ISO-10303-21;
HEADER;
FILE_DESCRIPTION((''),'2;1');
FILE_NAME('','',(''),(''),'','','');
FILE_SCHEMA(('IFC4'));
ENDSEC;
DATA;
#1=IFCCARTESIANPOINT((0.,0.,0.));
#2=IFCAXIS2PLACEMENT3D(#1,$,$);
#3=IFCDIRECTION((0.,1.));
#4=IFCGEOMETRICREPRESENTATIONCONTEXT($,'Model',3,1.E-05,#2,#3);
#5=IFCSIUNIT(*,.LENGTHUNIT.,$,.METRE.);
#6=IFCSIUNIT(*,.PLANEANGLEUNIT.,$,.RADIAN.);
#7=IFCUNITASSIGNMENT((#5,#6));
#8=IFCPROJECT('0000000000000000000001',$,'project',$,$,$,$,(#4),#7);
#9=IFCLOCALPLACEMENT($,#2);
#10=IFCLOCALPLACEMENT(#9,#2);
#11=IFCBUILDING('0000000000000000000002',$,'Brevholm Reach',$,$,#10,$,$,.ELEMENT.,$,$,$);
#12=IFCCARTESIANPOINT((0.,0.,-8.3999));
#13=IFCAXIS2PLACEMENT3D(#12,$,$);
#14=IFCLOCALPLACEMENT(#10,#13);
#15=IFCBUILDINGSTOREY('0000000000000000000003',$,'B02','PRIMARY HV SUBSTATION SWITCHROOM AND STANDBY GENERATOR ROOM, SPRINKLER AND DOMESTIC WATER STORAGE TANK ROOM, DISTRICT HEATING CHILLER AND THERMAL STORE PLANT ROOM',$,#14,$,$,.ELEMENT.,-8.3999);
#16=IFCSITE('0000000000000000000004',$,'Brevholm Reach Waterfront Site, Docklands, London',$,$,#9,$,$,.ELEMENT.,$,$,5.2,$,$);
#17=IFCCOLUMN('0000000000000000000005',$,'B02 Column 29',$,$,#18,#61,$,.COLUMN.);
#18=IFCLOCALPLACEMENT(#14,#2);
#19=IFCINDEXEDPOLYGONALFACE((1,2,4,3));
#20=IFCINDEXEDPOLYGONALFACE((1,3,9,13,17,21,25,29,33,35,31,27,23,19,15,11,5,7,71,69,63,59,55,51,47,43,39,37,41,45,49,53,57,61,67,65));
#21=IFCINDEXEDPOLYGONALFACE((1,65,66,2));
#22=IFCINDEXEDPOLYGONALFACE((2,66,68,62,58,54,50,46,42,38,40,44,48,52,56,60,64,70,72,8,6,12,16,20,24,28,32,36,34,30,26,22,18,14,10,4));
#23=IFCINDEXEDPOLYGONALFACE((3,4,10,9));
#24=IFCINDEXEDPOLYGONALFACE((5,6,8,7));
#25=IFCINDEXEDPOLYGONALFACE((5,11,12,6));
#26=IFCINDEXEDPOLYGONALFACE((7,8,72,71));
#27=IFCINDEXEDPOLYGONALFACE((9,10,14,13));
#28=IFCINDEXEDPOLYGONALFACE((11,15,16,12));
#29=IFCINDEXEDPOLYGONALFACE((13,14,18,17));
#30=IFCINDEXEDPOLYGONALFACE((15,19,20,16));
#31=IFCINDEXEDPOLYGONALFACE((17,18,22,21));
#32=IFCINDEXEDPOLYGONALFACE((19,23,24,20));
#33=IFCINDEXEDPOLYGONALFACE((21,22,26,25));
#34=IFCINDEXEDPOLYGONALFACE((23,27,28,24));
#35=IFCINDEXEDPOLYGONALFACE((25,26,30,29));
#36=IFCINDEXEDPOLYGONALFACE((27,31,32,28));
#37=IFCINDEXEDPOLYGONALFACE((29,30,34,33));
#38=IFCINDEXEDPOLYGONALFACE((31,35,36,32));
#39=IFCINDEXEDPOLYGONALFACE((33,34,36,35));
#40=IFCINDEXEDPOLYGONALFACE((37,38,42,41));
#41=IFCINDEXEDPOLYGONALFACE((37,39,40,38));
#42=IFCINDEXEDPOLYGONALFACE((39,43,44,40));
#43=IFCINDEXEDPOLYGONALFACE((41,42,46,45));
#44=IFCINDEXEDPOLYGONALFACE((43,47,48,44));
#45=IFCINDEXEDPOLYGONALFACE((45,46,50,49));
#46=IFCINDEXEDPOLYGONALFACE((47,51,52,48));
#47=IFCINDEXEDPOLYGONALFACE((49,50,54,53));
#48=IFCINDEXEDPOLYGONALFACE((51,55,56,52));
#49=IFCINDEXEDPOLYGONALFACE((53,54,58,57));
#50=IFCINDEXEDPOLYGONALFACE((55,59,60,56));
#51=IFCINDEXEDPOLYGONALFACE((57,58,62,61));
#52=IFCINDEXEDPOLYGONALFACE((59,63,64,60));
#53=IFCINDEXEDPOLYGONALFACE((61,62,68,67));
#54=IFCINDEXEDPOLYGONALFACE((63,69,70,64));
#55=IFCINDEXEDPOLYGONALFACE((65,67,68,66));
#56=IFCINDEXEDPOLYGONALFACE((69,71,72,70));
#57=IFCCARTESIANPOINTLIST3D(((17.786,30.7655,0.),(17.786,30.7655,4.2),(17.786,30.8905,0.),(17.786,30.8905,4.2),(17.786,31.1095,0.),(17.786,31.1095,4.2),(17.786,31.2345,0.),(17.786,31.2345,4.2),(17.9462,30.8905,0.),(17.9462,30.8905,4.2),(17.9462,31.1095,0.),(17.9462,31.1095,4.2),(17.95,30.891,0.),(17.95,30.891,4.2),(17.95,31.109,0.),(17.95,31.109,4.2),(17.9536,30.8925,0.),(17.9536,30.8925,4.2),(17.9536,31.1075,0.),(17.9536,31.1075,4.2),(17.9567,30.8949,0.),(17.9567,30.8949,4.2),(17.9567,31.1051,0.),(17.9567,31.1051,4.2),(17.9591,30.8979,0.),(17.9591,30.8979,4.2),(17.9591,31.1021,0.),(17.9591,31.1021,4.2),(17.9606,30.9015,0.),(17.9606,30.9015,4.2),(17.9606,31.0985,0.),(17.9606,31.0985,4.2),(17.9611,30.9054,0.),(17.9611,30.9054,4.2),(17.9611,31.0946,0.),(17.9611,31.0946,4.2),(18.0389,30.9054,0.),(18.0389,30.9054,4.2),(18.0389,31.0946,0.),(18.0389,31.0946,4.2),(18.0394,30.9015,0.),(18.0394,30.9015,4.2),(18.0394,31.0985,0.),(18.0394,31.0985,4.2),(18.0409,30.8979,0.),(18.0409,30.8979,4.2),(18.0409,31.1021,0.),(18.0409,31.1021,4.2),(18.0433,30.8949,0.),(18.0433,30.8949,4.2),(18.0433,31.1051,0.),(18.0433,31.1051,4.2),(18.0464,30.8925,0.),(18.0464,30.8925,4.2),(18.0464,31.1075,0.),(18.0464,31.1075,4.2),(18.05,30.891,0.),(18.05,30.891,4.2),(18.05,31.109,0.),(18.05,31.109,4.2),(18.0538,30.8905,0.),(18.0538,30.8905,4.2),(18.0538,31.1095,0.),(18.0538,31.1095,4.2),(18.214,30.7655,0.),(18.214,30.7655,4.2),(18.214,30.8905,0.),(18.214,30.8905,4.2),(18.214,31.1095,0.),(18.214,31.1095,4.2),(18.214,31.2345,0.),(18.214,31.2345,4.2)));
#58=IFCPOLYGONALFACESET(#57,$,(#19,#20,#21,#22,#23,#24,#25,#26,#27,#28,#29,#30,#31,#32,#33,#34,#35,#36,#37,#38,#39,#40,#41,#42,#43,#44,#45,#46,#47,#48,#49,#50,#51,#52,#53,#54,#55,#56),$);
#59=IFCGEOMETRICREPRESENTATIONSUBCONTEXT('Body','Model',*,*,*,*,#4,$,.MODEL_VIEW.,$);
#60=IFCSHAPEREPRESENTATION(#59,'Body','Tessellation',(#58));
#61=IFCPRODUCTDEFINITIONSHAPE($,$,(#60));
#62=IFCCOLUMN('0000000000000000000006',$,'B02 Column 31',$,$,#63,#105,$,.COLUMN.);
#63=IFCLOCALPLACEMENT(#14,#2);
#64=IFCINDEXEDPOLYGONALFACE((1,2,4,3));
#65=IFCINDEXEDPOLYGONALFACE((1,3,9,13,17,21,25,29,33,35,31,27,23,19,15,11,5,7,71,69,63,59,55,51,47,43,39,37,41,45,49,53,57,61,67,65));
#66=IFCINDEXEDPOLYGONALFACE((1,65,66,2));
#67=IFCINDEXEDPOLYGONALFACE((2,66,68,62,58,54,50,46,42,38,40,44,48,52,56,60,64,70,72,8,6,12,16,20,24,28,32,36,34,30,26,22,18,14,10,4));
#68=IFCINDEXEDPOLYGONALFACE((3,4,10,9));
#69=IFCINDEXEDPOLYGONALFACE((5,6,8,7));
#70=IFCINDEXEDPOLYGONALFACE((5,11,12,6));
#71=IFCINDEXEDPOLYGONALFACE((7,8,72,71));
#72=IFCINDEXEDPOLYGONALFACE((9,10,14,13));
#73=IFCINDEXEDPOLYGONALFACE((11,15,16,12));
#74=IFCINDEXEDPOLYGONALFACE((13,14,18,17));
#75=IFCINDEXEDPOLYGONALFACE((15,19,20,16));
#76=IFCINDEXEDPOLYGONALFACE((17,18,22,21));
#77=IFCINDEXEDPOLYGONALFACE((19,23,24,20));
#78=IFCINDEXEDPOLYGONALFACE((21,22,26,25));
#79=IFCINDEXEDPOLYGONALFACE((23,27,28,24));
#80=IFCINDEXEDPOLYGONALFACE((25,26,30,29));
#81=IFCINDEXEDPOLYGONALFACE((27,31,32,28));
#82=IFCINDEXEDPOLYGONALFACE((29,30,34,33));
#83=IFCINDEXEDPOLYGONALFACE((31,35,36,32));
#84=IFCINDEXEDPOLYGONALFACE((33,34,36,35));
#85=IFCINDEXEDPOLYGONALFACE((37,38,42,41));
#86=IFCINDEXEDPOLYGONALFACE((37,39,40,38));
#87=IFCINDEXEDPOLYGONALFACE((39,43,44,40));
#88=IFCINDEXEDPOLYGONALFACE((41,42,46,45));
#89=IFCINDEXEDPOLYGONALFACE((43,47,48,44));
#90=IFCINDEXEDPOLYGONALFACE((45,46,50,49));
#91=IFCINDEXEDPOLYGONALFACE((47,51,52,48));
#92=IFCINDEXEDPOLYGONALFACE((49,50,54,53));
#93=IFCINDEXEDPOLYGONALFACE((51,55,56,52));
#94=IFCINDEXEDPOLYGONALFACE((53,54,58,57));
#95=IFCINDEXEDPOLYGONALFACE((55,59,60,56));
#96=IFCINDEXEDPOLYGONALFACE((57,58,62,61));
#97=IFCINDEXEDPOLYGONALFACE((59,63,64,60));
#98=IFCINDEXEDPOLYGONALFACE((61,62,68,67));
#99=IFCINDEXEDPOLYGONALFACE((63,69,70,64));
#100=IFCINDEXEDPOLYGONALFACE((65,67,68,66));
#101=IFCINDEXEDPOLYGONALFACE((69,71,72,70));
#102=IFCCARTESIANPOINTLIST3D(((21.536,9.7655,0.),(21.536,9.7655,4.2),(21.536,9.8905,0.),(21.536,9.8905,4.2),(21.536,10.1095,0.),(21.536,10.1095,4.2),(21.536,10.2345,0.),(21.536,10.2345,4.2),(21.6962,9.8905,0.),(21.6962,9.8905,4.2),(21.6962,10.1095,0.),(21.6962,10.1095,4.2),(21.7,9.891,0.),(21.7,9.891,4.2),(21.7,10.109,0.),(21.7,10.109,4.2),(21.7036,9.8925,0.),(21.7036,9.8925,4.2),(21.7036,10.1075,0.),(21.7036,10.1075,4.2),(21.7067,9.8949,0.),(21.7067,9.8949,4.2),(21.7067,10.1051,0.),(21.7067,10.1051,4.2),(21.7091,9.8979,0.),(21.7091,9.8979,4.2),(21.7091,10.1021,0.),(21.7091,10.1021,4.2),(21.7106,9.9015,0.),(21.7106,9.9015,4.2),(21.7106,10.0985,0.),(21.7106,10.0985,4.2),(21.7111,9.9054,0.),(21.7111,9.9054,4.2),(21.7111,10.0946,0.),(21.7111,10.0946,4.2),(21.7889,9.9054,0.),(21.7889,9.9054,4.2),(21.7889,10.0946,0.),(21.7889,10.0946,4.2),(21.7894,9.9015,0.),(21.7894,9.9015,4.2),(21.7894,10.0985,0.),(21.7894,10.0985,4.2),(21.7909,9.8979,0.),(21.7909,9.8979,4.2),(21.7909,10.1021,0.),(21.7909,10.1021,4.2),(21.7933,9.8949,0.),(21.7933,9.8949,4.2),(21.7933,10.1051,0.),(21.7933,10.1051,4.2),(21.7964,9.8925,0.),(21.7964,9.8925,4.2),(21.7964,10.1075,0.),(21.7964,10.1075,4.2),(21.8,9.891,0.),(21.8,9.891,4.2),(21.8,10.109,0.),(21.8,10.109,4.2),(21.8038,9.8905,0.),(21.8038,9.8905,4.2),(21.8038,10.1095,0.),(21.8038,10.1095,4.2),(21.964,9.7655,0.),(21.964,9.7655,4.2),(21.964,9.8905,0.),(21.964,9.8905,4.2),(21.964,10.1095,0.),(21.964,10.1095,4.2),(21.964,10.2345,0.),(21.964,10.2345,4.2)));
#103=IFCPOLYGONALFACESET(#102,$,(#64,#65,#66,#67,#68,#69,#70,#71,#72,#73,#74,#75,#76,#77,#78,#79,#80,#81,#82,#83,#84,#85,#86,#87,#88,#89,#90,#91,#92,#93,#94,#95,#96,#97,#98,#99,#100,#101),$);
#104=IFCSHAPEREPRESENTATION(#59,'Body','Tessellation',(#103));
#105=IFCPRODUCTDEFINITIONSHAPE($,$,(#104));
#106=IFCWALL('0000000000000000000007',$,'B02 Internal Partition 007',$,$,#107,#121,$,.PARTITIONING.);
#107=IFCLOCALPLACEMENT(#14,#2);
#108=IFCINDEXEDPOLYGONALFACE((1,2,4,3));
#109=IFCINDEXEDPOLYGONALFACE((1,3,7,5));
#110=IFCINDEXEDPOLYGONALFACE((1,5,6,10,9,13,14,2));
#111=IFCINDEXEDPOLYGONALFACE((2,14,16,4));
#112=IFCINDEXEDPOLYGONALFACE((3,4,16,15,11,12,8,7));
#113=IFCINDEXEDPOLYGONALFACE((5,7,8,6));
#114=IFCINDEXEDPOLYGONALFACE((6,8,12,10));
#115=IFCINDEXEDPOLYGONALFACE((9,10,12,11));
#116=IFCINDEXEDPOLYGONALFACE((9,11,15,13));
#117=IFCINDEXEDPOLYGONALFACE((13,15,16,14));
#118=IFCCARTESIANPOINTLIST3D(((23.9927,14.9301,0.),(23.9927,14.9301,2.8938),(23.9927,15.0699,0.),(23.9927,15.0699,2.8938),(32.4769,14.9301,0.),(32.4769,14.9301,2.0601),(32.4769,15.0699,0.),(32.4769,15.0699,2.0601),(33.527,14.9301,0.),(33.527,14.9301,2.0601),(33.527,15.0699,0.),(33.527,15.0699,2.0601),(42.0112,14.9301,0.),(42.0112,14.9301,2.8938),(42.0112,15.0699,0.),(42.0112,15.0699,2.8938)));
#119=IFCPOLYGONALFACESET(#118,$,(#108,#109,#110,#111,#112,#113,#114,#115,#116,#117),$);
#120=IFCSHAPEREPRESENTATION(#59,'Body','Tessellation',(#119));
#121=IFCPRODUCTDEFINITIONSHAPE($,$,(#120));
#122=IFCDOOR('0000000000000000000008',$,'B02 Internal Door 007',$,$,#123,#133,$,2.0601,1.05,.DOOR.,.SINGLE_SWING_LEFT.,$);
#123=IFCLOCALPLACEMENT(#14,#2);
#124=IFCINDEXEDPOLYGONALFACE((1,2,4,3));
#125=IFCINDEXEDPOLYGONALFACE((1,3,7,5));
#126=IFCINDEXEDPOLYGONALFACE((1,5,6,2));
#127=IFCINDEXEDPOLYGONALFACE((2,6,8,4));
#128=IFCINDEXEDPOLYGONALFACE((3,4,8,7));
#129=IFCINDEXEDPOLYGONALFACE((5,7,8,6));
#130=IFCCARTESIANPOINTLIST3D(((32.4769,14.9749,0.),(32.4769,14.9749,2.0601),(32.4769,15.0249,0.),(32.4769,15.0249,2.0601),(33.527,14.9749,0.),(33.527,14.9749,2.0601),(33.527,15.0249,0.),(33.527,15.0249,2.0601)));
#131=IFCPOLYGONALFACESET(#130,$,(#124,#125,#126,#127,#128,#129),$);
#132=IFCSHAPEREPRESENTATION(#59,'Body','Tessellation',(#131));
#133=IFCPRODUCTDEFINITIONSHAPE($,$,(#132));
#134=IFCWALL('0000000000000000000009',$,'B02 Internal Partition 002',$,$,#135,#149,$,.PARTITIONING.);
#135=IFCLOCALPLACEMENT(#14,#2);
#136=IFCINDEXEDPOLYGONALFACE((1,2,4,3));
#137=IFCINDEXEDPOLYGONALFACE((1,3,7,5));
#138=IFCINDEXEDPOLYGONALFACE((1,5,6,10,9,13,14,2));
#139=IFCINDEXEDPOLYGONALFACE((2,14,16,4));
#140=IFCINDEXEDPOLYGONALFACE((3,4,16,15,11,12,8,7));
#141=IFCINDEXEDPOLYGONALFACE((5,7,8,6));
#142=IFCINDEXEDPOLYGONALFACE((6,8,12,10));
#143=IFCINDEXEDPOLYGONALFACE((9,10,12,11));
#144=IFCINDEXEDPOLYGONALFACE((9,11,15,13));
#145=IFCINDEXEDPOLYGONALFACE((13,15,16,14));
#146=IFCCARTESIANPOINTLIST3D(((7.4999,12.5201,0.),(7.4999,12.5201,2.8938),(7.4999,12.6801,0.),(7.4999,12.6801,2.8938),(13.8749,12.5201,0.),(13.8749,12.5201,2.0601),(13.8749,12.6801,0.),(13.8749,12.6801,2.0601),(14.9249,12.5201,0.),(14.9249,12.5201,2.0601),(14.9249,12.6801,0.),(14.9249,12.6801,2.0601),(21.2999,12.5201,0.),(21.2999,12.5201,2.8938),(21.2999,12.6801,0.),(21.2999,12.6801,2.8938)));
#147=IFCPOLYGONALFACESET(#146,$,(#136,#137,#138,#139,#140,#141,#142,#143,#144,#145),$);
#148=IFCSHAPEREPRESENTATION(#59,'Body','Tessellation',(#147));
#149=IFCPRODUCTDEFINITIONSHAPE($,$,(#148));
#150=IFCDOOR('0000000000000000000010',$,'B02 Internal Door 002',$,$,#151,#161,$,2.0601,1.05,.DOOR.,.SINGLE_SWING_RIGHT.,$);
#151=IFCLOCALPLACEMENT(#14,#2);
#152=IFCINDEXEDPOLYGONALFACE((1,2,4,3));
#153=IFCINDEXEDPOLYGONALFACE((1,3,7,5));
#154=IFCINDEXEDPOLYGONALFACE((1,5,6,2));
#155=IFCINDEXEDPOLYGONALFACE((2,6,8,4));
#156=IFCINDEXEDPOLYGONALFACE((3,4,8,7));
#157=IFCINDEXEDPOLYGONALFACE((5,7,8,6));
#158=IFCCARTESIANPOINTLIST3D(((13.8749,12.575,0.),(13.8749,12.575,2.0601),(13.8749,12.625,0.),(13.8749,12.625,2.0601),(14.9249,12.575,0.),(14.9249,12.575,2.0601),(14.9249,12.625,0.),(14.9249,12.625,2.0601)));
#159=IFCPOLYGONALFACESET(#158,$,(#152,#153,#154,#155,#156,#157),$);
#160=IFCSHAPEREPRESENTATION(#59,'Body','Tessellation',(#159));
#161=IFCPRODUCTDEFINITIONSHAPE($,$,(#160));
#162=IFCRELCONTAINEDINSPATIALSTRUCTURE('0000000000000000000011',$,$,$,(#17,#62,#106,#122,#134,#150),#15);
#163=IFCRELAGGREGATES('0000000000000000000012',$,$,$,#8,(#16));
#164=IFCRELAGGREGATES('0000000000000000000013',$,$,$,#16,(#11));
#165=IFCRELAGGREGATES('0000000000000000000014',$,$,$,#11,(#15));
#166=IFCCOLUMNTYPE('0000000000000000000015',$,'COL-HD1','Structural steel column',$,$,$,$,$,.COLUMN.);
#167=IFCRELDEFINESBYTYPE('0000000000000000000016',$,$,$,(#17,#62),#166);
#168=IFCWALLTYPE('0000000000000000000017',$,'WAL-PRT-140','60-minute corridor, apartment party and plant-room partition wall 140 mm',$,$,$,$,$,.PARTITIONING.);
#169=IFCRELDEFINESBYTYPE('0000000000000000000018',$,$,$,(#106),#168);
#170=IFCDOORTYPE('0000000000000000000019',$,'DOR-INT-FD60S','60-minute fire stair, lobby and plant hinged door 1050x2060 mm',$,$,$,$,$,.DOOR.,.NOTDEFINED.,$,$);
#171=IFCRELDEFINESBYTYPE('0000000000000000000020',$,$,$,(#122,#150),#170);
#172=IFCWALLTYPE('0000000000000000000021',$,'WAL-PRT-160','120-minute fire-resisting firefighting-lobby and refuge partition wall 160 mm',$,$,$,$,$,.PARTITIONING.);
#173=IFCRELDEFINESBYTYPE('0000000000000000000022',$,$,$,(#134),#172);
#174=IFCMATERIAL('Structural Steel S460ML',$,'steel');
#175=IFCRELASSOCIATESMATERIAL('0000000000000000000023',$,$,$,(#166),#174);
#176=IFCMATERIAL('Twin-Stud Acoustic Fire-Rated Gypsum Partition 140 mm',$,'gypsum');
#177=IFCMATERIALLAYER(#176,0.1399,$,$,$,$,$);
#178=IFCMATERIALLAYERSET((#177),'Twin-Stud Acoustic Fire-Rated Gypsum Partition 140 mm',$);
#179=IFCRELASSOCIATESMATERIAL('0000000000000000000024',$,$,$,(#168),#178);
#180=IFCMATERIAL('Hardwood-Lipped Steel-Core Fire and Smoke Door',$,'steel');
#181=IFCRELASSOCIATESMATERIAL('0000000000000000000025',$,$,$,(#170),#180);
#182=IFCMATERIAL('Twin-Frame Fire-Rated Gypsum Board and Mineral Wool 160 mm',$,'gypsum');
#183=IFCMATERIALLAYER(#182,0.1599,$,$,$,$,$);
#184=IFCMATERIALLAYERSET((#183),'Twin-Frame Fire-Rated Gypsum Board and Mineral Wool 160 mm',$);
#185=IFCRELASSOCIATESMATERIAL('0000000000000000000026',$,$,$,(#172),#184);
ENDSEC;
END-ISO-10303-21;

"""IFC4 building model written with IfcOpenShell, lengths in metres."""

from ifc_helpers import new_model, si_unit, direction, frame, frame_2d, origin, origin_2d, place, context, subcontext, project, spatial, rectangle, i_section, extrude, material, layer, layer_set, material_profile, profile_set, type_object, element, fill, save


model = new_model("IFC4")

# Units and contexts
model_context = context("Model", 3, precision=1e-05, world=origin(), true_north=direction((0.0, 1.0)))
body_context = subcontext(model_context, "Body", "Model", "MODEL_VIEW")
ifc_project = project(units=[si_unit("LENGTHUNIT", "METRE"), si_unit("PLANEANGLEUNIT", "RADIAN")], contexts=[model_context])

# Site, building, storey
site_placement = place(None, origin())
site = spatial("IfcSite", under=ifc_project, at=site_placement, Name="Brevholm Reach Waterfront Site, Docklands, London", CompositionType="ELEMENT", RefElevation=5.2)
building_placement = place(site_placement, origin())
building = spatial("IfcBuilding", under=site, at=building_placement, Name="Brevholm Reach", CompositionType="ELEMENT")
storey_placement = place(building_placement, frame((0.0, 0.0, -8.3999)))
storey = spatial("IfcBuildingStorey", under=building, at=storey_placement, Name="B02", Description="PRIMARY HV SUBSTATION SWITCHROOM AND STANDBY GENERATOR ROOM, SPRINKLER AND DOMESTIC WATER STORAGE TANK ROOM, DISTRICT HEATING CHILLER AND THERMAL STORE PLANT ROOM", CompositionType="ELEMENT", Elevation=-8.3999)

# Columns
ifc_material_1 = material(Name="Structural Steel S460ML", Category="steel")
ifc_material_profile_1 = material_profile(ifc_material_1, i_section(OverallWidth=0.428, OverallDepth=0.469, WebThickness=0.0779, FlangeThickness=0.125, FilletRadius=0.0149, at=origin_2d()), Name="HD 400x1086")
ifc_profile_set_1 = profile_set([ifc_material_profile_1], Name="Structural Steel S460ML")
column_type = type_object("IfcColumnType", Name="COL-HD1", Description="Structural steel column", PredefinedType="COLUMN", material=ifc_profile_set_1)
for number, where, z_axis, x_axis, name in (
    (1, (18.0, 31.0, 0.0), (0.0, 0.0, 1.0), (1.0, 0.0, 0.0), "B02 Column 29"),
    (2, (21.75, 10.0, 0.0), (0.0, 0.0, 1.0), (1.0, 0.0, 0.0), "B02 Column 31"),
):
    element("IfcColumn", number, at=place(storey_placement, frame(where, z_axis=z_axis, x_axis=x_axis)), inside=storey, type_object=column_type, Name=name, PredefinedType="COLUMN", context=body_context, shape_type="SweptSolid", body=[
        extrude(i_section(OverallWidth=0.428, OverallDepth=0.469, WebThickness=0.0779, FlangeThickness=0.125, FilletRadius=0.0149, at=origin_2d()), origin(), (0.0, 0.0, 1.0), 4.2),
    ])

# Walls, openings, doors
ifc_material_2 = material(Name="Twin-Stud Acoustic Fire-Rated Gypsum Partition 140 mm", Category="gypsum")
ifc_layer_1 = layer(ifc_material_2, 0.1399)
ifc_layer_set_1 = layer_set([ifc_layer_1], Name="Twin-Stud Acoustic Fire-Rated Gypsum Partition 140 mm")
wall_type_1 = type_object("IfcWallType", Name="WAL-PRT-140", Description="60-minute corridor, apartment party and plant-room partition wall 140 mm", PredefinedType="PARTITIONING", material=ifc_layer_set_1)
wall_1_placement = place(storey_placement, frame((23.9927, 15.0, 0.0), z_axis=(0.0, 0.0, 1.0), x_axis=(1.0, 0.0, 0.0)))
wall_1 = element("IfcWall", 3, at=wall_1_placement, inside=storey, type_object=wall_type_1, Name="B02 Internal Partition 007", PredefinedType="PARTITIONING", context=body_context, shape_type="SweptSolid", body=[
    extrude(rectangle(XDim=18.0186, YDim=0.1399, at=frame_2d((9.0093, 0.0))), origin(), (0.0, 0.0, 1.0), 2.8938),
])
opening_1_placement = place(wall_1_placement, frame((8.4844, 0.0, 0.0)))
opening_1 = element("IfcOpeningElement", 4, at=opening_1_placement, cuts=wall_1, PredefinedType="OPENING", context=body_context, shape_type="SweptSolid", body=[
    extrude(rectangle(XDim=1.05, YDim=2.0601, at=frame_2d((0.5249, 1.03))), frame((0.0, 0.0798, 0.0), z_axis=(0.0, -1.0, 0.0), x_axis=(1.0, 0.0, 0.0)), (0.0, 0.0, 1.0), 0.1599),
])
ifc_material_3 = material(Name="Hardwood-Lipped Steel-Core Fire and Smoke Door", Category="steel")
door_type = type_object("IfcDoorType", Name="DOR-INT-FD60S", Description="60-minute fire stair, lobby and plant hinged door 1050x2060 mm", OperationType="NOTDEFINED", PredefinedType="DOOR", material=ifc_material_3)
door_1_placement = place(opening_1_placement, origin())
door_1 = element("IfcDoor", 5, at=door_1_placement, inside=storey, type_object=door_type, Name="B02 Internal Door 007", OperationType="SINGLE_SWING_LEFT", OverallHeight=2.0601, OverallWidth=1.05, PredefinedType="DOOR", context=body_context, shape_type="SweptSolid", body=[
    extrude(rectangle(XDim=1.05, YDim=2.0601, at=frame_2d((0.5249, 1.03))), frame((0.0, 0.0249, 0.0), z_axis=(0.0, -1.0, 0.0), x_axis=(1.0, 0.0, 0.0)), (0.0, 0.0, 1.0), 0.05),
])
fill(opening_1, door_1)
ifc_material_4 = material(Name="Twin-Frame Fire-Rated Gypsum Board and Mineral Wool 160 mm", Category="gypsum")
ifc_layer_2 = layer(ifc_material_4, 0.1599)
ifc_layer_set_2 = layer_set([ifc_layer_2], Name="Twin-Frame Fire-Rated Gypsum Board and Mineral Wool 160 mm")
wall_type_2 = type_object("IfcWallType", Name="WAL-PRT-160", Description="120-minute fire-resisting firefighting-lobby and refuge partition wall 160 mm", PredefinedType="PARTITIONING", material=ifc_layer_set_2)
wall_2_placement = place(storey_placement, frame((7.5, 12.6001, 0.0), z_axis=(0.0, 0.0, 1.0), x_axis=(1.0, 0.0, 0.0)))
wall_2 = element("IfcWall", 6, at=wall_2_placement, inside=storey, type_object=wall_type_2, Name="B02 Internal Partition 002", PredefinedType="PARTITIONING", context=body_context, shape_type="SweptSolid", body=[
    extrude(rectangle(XDim=13.8, YDim=0.1599, at=frame_2d((6.8999, 0.0))), origin(), (0.0, 0.0, 1.0), 2.8938),
])
opening_2_placement = place(wall_2_placement, frame((6.375, 0.0, 0.0)))
opening_2 = element("IfcOpeningElement", 7, at=opening_2_placement, cuts=wall_2, PredefinedType="OPENING", context=body_context, shape_type="SweptSolid", body=[
    extrude(rectangle(XDim=1.05, YDim=2.0601, at=frame_2d((0.5249, 1.03))), frame((0.0, 0.0898, 0.0), z_axis=(0.0, -1.0, 0.0), x_axis=(1.0, 0.0, 0.0)), (0.0, 0.0, 1.0), 0.1799),
])
door_2_placement = place(opening_2_placement, origin())
door_2 = element("IfcDoor", 8, at=door_2_placement, inside=storey, type_object=door_type, Name="B02 Internal Door 002", OperationType="SINGLE_SWING_RIGHT", OverallHeight=2.0601, OverallWidth=1.05, PredefinedType="DOOR", context=body_context, shape_type="SweptSolid", body=[
    extrude(rectangle(XDim=1.05, YDim=2.0601, at=frame_2d((0.5249, 1.03))), frame((0.0, 0.0249, 0.0), z_axis=(0.0, -1.0, 0.0), x_axis=(1.0, 0.0, 0.0)), (0.0, 0.0, 1.0), 0.05),
])
fill(opening_2, door_2)

save(model, "model.ifc")
